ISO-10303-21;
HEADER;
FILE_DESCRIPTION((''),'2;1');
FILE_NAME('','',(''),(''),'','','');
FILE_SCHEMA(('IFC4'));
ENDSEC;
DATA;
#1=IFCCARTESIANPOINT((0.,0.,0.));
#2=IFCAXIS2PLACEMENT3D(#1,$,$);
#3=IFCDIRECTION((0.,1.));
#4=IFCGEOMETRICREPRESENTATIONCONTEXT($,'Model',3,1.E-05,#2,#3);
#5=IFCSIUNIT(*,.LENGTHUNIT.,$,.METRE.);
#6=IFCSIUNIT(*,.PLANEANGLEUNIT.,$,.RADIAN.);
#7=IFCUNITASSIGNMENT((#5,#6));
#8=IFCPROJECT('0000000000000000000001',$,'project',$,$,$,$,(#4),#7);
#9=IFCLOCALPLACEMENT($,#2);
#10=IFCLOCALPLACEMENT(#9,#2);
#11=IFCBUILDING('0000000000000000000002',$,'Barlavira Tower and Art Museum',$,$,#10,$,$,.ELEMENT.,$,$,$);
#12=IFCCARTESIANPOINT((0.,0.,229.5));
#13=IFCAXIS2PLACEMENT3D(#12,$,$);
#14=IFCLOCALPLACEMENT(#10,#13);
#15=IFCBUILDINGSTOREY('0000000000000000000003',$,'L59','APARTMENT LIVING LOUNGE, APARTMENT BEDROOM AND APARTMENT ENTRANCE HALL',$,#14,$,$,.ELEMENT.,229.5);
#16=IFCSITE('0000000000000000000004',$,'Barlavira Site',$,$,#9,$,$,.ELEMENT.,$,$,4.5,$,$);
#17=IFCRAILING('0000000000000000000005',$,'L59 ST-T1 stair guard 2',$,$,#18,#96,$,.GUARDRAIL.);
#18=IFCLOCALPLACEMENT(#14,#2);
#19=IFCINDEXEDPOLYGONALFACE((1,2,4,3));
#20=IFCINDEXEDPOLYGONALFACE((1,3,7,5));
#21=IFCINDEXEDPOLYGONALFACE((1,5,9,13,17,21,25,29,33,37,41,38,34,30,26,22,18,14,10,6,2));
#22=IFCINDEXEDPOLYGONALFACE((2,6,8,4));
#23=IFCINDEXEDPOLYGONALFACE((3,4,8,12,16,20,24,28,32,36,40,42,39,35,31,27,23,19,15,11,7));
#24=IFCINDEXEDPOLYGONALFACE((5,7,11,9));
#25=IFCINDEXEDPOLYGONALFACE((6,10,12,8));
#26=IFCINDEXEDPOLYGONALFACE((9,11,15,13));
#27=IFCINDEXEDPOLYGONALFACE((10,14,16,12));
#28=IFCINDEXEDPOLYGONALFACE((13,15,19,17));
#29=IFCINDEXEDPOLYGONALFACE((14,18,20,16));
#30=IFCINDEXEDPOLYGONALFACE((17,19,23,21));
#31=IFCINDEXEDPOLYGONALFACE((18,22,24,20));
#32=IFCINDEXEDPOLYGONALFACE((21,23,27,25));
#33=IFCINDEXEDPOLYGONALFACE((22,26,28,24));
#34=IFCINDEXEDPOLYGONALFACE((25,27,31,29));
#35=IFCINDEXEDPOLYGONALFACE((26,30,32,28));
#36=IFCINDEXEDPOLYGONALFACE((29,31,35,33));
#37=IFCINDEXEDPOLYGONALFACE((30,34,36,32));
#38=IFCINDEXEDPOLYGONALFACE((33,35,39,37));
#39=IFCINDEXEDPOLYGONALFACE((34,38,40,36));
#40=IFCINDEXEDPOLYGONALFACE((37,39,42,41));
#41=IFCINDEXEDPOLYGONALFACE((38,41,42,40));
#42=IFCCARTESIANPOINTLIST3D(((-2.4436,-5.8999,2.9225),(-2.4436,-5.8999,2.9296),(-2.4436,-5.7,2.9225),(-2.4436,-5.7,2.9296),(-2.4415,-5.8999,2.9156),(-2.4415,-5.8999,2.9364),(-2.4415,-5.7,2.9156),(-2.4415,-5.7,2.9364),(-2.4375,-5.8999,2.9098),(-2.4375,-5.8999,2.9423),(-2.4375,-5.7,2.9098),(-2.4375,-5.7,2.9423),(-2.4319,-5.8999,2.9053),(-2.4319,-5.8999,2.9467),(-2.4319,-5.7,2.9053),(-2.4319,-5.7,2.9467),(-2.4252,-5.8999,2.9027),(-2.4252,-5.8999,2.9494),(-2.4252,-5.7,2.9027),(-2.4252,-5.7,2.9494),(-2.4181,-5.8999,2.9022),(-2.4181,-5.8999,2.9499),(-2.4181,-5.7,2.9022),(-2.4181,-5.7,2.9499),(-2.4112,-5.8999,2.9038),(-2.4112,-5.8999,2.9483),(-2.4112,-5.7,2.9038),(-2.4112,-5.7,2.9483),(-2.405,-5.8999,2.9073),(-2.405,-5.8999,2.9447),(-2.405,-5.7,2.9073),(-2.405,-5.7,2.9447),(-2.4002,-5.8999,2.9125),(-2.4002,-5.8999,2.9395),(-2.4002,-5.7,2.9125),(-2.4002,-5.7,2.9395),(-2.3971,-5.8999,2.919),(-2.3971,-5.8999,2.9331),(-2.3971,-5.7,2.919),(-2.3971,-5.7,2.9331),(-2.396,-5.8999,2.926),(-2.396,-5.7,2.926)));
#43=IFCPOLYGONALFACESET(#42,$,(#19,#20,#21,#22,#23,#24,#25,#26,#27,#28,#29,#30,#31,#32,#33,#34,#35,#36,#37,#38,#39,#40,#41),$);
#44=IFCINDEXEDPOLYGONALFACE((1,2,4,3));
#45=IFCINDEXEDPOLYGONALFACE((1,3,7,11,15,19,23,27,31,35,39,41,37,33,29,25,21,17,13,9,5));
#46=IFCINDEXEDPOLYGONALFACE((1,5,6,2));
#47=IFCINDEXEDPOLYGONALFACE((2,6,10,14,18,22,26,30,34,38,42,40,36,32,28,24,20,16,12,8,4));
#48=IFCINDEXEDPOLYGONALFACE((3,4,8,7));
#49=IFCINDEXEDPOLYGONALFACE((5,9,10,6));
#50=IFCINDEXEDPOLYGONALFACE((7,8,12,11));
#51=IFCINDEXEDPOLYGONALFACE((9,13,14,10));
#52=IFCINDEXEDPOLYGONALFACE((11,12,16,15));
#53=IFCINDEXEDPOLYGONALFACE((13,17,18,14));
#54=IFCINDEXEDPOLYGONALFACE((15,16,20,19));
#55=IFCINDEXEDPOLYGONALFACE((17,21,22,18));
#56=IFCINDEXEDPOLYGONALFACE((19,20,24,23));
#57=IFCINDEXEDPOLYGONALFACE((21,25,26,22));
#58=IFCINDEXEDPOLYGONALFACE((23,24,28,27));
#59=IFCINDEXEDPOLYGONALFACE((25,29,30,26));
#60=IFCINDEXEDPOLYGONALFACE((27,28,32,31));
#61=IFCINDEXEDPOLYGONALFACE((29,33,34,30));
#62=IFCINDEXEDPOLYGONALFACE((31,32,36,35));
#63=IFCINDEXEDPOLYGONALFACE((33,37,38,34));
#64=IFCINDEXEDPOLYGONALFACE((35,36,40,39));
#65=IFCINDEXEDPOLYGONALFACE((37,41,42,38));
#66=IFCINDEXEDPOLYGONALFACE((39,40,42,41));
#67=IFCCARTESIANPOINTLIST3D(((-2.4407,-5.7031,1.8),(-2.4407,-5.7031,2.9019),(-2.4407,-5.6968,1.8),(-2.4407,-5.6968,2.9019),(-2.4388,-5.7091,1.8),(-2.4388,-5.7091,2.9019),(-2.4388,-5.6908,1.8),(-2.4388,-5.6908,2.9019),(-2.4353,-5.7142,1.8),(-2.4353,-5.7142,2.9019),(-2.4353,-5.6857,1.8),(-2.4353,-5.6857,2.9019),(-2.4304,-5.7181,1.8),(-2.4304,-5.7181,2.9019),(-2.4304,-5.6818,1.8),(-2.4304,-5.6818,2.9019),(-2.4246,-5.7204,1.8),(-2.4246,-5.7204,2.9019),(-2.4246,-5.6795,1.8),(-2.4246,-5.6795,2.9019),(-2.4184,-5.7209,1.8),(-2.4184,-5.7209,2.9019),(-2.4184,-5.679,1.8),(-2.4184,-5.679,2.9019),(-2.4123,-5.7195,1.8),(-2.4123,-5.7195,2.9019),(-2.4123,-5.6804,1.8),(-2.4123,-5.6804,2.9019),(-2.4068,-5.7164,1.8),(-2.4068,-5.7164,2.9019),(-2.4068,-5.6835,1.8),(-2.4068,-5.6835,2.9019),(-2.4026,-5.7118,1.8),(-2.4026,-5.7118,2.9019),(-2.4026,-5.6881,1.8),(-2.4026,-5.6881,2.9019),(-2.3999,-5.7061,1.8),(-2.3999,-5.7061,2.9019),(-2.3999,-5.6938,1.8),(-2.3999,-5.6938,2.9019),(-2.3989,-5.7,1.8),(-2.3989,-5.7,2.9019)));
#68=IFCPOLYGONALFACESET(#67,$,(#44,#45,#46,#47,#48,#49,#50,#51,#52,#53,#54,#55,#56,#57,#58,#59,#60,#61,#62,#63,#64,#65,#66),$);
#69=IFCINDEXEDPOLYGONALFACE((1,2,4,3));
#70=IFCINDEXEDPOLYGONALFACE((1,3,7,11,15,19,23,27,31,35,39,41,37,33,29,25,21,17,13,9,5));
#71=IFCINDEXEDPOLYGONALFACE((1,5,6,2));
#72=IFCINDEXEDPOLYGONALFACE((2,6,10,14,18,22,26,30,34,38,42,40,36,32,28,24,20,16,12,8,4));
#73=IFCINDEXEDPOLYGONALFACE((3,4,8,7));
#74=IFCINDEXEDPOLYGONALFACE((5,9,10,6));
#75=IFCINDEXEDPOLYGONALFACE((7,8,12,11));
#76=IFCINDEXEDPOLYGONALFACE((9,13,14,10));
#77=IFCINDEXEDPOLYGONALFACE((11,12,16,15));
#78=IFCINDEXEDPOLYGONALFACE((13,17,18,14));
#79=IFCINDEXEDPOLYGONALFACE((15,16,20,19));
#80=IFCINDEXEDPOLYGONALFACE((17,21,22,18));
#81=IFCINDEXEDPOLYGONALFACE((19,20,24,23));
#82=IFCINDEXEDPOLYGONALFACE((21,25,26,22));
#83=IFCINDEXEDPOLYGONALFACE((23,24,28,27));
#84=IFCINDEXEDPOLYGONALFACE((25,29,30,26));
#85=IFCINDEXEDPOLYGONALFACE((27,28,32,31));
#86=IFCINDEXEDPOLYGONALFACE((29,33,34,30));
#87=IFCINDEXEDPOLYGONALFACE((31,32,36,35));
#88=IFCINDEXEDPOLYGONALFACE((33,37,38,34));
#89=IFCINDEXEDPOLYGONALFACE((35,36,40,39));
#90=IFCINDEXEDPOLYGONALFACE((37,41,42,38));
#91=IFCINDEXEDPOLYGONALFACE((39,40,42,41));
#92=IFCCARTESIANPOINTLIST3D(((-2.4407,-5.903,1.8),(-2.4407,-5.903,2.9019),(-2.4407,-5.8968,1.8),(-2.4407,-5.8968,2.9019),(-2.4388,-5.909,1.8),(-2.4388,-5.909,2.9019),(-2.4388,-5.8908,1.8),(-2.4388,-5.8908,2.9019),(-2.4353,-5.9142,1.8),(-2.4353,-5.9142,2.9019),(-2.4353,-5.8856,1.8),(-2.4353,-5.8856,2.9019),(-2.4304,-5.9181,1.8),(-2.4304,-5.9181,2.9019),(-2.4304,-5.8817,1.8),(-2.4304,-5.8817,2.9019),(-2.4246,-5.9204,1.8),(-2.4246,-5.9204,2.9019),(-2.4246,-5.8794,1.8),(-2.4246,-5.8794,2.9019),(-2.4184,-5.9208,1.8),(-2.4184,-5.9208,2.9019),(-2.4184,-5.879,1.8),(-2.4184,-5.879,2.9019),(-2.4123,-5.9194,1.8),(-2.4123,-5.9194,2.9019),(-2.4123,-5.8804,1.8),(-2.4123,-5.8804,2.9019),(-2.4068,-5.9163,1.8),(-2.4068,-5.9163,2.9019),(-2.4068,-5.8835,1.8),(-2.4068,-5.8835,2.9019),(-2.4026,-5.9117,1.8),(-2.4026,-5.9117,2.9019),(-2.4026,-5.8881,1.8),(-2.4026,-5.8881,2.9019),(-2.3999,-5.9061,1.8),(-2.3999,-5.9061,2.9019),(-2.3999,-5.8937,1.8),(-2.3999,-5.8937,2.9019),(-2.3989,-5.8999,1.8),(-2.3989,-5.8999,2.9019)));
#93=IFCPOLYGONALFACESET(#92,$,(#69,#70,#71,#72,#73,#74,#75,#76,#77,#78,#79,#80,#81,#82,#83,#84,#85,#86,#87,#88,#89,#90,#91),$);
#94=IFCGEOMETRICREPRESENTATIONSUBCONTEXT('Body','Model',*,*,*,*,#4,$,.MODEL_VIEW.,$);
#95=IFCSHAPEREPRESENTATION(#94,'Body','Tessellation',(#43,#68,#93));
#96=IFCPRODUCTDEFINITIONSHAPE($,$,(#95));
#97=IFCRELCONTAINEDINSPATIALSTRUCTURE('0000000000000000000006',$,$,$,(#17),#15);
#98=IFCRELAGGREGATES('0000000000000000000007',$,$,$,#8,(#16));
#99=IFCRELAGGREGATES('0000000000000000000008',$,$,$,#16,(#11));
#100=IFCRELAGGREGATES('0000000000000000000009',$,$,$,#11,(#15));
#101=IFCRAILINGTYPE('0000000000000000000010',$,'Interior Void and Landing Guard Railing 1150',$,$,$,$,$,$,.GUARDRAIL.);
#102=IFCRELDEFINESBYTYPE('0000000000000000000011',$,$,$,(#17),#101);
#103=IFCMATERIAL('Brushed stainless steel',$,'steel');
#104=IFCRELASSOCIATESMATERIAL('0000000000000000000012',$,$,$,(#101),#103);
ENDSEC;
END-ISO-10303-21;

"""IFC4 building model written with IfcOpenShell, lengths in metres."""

from ifc_helpers import new_model, si_unit, direction, frame, origin, origin_2d, place, context, subcontext, project, spatial, circle, extrude, material, type_object, element, save


model = new_model("IFC4")

# Units and contexts
model_context = context("Model", 3, precision=1e-05, world=origin(), true_north=direction((0.0, 1.0)))
body_context = subcontext(model_context, "Body", "Model", "MODEL_VIEW")
ifc_project = project(units=[si_unit("LENGTHUNIT", "METRE"), si_unit("PLANEANGLEUNIT", "RADIAN")], contexts=[model_context])

# Site, building, storey
site_placement = place(None, origin())
site = spatial("IfcSite", under=ifc_project, at=site_placement, Name="Barlavira Site", CompositionType="ELEMENT", RefElevation=4.5)
building_placement = place(site_placement, origin())
building = spatial("IfcBuilding", under=site, at=building_placement, Name="Barlavira Tower and Art Museum", CompositionType="ELEMENT")
storey_placement = place(building_placement, frame((0.0, 0.0, 229.5)))
storey = spatial("IfcBuildingStorey", under=building, at=storey_placement, Name="L59", Description="APARTMENT LIVING LOUNGE, APARTMENT BEDROOM AND APARTMENT ENTRANCE HALL", CompositionType="ELEMENT", Elevation=229.5)

# Shared definitions
ifc_material_1 = material(Name="Brushed stainless steel", Category="steel")

# Railing
railing_type_1 = type_object("IfcRailingType", Name="Interior Void and Landing Guard Railing 1150", PredefinedType="GUARDRAIL", material=ifc_material_1)
railing_1_placement = place(storey_placement, frame((-2.4199, -5.7, 1.8)))
element("IfcRailing", 1, at=railing_1_placement, inside=storey, type_object=railing_type_1, Name="L59 ST-T1 stair guard 2", PredefinedType="GUARDRAIL", context=body_context, shape_type="SweptSolid", body=[
    extrude(circle(Radius=0.0239, at=origin_2d()), frame((0.0, 0.0, 1.126), z_axis=(0.0, -1.0, 0.0), x_axis=(1.0, 0.0, 0.0)), (0.0, 0.0, 1.0), 0.2),
    extrude(circle(Radius=0.021, at=origin_2d()), origin(), (0.0, 0.0, 1.0), 1.1018),
    extrude(circle(Radius=0.021, at=origin_2d()), frame((0.0, -0.2, 0.0)), (0.0, 0.0, 1.0), 1.1018),
])

save(model, "model.ifc")
